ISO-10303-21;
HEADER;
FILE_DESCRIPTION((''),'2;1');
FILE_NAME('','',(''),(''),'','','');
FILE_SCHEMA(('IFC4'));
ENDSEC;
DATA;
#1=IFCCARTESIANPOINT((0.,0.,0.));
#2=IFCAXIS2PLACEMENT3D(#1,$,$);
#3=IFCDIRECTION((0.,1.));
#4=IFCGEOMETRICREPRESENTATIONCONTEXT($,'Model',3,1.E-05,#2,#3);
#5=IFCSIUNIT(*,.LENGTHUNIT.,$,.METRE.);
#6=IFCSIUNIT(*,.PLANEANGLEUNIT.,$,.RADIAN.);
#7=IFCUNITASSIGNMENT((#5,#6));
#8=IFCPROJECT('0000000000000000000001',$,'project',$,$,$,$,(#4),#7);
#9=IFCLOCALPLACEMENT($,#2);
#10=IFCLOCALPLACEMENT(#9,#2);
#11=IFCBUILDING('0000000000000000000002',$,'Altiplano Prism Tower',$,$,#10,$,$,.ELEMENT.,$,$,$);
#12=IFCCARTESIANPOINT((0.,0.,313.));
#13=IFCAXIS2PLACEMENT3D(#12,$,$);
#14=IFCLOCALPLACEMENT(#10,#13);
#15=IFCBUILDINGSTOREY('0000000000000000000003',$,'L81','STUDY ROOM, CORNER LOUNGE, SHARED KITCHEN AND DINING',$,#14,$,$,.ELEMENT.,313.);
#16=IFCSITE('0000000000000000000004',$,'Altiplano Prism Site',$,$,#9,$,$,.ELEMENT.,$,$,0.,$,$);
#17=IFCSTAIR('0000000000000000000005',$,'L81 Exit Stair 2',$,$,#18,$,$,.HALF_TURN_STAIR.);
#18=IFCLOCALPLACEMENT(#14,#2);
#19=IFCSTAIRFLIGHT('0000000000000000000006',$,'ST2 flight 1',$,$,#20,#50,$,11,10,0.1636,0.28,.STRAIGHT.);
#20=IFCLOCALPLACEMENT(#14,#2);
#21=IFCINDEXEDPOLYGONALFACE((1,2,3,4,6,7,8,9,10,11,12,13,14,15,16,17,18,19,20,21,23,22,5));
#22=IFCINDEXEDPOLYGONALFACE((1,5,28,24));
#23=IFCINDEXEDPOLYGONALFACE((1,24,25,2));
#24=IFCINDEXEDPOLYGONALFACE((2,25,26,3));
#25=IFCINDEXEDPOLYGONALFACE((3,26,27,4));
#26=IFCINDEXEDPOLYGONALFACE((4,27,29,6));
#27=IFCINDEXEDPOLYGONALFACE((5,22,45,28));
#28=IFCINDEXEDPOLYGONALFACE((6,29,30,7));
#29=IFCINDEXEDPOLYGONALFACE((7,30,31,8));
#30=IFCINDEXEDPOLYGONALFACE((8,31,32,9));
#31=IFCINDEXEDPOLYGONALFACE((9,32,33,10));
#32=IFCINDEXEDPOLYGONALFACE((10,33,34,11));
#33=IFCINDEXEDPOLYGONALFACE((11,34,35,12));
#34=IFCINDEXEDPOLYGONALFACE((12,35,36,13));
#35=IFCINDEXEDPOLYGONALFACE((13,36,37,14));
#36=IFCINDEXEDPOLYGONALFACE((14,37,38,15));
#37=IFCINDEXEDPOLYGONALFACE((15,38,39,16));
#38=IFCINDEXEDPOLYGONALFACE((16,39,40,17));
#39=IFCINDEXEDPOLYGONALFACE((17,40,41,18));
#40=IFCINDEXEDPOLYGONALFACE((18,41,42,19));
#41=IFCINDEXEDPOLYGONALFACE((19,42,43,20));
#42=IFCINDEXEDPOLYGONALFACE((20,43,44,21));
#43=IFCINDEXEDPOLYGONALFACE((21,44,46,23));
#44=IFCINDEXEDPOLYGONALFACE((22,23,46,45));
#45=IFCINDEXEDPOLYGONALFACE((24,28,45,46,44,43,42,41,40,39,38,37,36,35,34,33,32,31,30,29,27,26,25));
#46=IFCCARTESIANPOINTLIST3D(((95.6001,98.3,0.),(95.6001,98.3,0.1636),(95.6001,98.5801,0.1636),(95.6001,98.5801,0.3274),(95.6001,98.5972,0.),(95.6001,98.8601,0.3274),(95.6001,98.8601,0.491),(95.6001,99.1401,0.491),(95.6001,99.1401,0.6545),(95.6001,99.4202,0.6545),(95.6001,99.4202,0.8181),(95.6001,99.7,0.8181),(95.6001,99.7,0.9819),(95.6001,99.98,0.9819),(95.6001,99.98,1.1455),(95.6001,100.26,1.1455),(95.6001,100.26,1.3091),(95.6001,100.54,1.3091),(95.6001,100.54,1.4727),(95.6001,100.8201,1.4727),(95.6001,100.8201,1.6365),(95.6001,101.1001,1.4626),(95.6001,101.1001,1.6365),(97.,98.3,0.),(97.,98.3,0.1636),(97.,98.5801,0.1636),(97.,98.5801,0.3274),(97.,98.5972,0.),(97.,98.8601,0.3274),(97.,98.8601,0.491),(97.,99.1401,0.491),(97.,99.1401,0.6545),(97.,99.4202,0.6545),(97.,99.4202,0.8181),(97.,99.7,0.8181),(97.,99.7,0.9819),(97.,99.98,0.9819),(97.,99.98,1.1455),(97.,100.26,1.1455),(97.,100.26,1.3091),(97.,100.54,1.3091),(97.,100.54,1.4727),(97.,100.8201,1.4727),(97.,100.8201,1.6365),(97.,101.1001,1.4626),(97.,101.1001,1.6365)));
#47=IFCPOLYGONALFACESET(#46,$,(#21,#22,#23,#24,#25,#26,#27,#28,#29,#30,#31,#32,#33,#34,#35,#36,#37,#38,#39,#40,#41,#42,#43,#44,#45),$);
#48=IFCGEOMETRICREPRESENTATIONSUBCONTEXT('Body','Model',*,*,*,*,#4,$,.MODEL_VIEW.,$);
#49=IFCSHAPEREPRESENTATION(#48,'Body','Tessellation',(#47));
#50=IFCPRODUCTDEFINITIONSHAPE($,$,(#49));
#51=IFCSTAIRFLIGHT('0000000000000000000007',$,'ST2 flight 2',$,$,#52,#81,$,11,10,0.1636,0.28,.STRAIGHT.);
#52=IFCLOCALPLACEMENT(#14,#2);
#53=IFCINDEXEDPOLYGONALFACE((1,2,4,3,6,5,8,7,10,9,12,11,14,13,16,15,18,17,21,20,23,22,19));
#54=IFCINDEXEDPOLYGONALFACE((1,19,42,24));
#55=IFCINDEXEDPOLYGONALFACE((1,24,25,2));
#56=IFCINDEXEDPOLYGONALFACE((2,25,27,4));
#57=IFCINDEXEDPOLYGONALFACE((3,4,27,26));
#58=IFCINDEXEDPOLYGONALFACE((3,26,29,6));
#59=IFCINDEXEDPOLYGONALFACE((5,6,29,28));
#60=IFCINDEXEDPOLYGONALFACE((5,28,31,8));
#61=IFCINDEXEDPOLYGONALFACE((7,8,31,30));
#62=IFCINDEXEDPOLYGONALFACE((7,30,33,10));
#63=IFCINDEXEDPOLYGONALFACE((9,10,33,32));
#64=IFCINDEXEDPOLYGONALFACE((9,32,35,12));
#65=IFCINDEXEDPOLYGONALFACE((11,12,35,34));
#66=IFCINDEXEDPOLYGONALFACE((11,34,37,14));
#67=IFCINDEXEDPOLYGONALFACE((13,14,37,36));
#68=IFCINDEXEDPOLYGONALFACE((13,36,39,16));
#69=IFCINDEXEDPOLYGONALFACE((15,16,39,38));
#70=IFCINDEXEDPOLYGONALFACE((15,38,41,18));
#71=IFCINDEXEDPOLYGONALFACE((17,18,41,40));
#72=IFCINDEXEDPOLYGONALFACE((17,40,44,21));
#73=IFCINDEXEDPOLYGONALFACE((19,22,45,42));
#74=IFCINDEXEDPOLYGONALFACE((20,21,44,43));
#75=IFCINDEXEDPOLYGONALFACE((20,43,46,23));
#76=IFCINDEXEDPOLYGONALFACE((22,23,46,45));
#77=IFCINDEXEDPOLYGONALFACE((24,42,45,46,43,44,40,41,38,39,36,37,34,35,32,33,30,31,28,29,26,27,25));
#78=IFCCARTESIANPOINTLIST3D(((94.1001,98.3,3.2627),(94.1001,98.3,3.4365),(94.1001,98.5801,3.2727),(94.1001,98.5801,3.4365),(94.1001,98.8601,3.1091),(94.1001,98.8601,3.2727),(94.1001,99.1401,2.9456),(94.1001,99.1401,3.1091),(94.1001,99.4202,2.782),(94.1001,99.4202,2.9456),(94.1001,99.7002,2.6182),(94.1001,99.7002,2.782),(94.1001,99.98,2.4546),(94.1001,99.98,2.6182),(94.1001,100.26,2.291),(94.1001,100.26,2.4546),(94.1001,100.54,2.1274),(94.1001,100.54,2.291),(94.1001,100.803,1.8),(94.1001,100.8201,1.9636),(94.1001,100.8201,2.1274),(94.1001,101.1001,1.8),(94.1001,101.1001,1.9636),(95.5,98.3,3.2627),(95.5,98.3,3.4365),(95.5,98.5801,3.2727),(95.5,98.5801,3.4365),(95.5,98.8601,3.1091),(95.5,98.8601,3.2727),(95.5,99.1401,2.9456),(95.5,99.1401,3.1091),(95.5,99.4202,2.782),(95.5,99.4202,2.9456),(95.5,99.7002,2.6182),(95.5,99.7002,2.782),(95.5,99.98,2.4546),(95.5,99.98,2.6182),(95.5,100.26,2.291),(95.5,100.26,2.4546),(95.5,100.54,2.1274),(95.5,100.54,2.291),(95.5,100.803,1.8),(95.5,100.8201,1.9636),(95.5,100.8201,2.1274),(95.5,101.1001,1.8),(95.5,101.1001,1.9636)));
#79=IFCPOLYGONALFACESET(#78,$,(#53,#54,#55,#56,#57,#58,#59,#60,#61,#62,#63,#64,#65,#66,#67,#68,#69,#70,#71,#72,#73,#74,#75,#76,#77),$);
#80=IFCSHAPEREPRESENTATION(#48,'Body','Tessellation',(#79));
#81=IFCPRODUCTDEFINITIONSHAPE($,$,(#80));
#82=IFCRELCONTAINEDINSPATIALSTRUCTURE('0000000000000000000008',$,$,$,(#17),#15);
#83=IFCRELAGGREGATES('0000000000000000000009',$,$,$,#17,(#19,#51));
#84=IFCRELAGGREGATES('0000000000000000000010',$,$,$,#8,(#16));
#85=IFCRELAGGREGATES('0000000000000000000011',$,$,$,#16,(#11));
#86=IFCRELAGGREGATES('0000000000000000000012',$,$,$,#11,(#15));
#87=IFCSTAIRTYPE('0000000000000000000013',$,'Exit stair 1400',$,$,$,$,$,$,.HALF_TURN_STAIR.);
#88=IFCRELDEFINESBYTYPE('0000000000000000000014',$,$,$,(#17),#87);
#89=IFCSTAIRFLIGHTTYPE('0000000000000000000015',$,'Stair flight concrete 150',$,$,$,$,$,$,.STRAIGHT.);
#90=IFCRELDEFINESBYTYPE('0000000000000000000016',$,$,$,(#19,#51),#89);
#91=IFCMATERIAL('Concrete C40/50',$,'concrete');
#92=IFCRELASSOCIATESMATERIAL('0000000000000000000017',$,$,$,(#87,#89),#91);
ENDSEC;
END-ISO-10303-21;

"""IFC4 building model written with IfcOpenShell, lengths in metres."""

from ifc_helpers import new_model, si_unit, direction, frame, origin, place, context, subcontext, project, spatial, polyline, outline, extrude, material, type_object, element, aggregate, save


model = new_model("IFC4")

# Units and contexts
model_context = context("Model", 3, precision=1e-05, world=origin(), true_north=direction((0.0, 1.0)))
body_context = subcontext(model_context, "Body", "Model", "MODEL_VIEW")
ifc_project = project(units=[si_unit("LENGTHUNIT", "METRE"), si_unit("PLANEANGLEUNIT", "RADIAN")], contexts=[model_context])

# Site, building, storey
site_placement = place(None, origin())
site = spatial("IfcSite", under=ifc_project, at=site_placement, Name="Altiplano Prism Site", CompositionType="ELEMENT", RefElevation=0.0)
building_placement = place(site_placement, origin())
building = spatial("IfcBuilding", under=site, at=building_placement, Name="Altiplano Prism Tower", CompositionType="ELEMENT")
storey_placement = place(building_placement, frame((0.0, 0.0, 313.0)))
storey = spatial("IfcBuildingStorey", under=building, at=storey_placement, Name="L81", Description="STUDY ROOM, CORNER LOUNGE, SHARED KITCHEN AND DINING", CompositionType="ELEMENT", Elevation=313.0)

# Stair, stair flights
ifc_material_1 = material(Name="Concrete C40/50", Category="concrete")
stair_type = type_object("IfcStairType", Name="Exit stair 1400", PredefinedType="HALF_TURN_STAIR", material=ifc_material_1)
stair_placement = place(storey_placement, origin())
stair = element("IfcStair", 1, at=stair_placement, inside=storey, type_object=stair_type, Name="L81 Exit Stair 2", PredefinedType="HALF_TURN_STAIR")
stair_flight_type = type_object("IfcStairFlightType", Name="Stair flight concrete 150", PredefinedType="STRAIGHT", material=ifc_material_1)
stair_flight_1_placement = place(storey_placement, frame((96.3, 98.3, 0.0), z_axis=(0.0, 0.0, 1.0), x_axis=(0.0, 1.0, 0.0)))
stair_flight_1 = element("IfcStairFlight", 2, at=stair_flight_1_placement, type_object=stair_flight_type, Name="ST2 flight 1", NumberOfRisers=11, NumberOfTreads=10, PredefinedType="STRAIGHT", RiserHeight=0.1636, TreadLength=0.28, context=body_context, shape_type="SweptSolid", body=[
    extrude(outline(polyline([(0.0, 0.0), (0.0, 0.1636), (0.28, 0.1636), (0.28, 0.3274), (0.5601, 0.3274), (0.5601, 0.491), (0.8401, 0.491), (0.8401, 0.6545), (1.1201, 0.6545), (1.1201, 0.8181), (1.3999, 0.8181), (1.3999, 0.9819), (1.6799, 0.9819), (1.6799, 1.1455), (1.96, 1.1455), (1.96, 1.3091), (2.24, 1.3091), (2.24, 1.4727), (2.52, 1.4727), (2.52, 1.6365), (2.8, 1.6365), (2.8, 1.8), (2.8, 1.4626), (0.2971, 0.0), (0.0, 0.0)])), frame((0.0, 0.7, 0.0), z_axis=(0.0, -1.0, 0.0), x_axis=(1.0, 0.0, 0.0)), (0.0, 0.0, 1.0), 1.3999),
])
stair_flight_2_placement = place(storey_placement, frame((94.8, 101.1001, 1.8), z_axis=(0.0, 0.0, 1.0), x_axis=(0.0, -1.0, 0.0)))
stair_flight_2 = element("IfcStairFlight", 3, at=stair_flight_2_placement, type_object=stair_flight_type, Name="ST2 flight 2", NumberOfRisers=11, NumberOfTreads=10, PredefinedType="STRAIGHT", RiserHeight=0.1636, TreadLength=0.28, context=body_context, shape_type="SweptSolid", body=[
    extrude(outline(polyline([(0.0, 0.0), (0.0, 0.1636), (0.28, 0.1636), (0.28, 0.3274), (0.5601, 0.3274), (0.5601, 0.491), (0.8401, 0.491), (0.8401, 0.6545), (1.1201, 0.6545), (1.1201, 0.8181), (1.3999, 0.8181), (1.3999, 0.9819), (1.6799, 0.9819), (1.6799, 1.1455), (1.96, 1.1455), (1.96, 1.3091), (2.24, 1.3091), (2.24, 1.4727), (2.52, 1.4727), (2.52, 1.6365), (2.8, 1.6365), (2.8, 1.8), (2.8, 1.4626), (0.2971, 0.0), (0.0, 0.0)])), frame((0.0, 0.7, 0.0), z_axis=(0.0, -1.0, 0.0), x_axis=(1.0, 0.0, 0.0)), (0.0, 0.0, 1.0), 1.3999),
])
aggregate(stair, [stair_flight_1, stair_flight_2])

save(model, "model.ifc")
